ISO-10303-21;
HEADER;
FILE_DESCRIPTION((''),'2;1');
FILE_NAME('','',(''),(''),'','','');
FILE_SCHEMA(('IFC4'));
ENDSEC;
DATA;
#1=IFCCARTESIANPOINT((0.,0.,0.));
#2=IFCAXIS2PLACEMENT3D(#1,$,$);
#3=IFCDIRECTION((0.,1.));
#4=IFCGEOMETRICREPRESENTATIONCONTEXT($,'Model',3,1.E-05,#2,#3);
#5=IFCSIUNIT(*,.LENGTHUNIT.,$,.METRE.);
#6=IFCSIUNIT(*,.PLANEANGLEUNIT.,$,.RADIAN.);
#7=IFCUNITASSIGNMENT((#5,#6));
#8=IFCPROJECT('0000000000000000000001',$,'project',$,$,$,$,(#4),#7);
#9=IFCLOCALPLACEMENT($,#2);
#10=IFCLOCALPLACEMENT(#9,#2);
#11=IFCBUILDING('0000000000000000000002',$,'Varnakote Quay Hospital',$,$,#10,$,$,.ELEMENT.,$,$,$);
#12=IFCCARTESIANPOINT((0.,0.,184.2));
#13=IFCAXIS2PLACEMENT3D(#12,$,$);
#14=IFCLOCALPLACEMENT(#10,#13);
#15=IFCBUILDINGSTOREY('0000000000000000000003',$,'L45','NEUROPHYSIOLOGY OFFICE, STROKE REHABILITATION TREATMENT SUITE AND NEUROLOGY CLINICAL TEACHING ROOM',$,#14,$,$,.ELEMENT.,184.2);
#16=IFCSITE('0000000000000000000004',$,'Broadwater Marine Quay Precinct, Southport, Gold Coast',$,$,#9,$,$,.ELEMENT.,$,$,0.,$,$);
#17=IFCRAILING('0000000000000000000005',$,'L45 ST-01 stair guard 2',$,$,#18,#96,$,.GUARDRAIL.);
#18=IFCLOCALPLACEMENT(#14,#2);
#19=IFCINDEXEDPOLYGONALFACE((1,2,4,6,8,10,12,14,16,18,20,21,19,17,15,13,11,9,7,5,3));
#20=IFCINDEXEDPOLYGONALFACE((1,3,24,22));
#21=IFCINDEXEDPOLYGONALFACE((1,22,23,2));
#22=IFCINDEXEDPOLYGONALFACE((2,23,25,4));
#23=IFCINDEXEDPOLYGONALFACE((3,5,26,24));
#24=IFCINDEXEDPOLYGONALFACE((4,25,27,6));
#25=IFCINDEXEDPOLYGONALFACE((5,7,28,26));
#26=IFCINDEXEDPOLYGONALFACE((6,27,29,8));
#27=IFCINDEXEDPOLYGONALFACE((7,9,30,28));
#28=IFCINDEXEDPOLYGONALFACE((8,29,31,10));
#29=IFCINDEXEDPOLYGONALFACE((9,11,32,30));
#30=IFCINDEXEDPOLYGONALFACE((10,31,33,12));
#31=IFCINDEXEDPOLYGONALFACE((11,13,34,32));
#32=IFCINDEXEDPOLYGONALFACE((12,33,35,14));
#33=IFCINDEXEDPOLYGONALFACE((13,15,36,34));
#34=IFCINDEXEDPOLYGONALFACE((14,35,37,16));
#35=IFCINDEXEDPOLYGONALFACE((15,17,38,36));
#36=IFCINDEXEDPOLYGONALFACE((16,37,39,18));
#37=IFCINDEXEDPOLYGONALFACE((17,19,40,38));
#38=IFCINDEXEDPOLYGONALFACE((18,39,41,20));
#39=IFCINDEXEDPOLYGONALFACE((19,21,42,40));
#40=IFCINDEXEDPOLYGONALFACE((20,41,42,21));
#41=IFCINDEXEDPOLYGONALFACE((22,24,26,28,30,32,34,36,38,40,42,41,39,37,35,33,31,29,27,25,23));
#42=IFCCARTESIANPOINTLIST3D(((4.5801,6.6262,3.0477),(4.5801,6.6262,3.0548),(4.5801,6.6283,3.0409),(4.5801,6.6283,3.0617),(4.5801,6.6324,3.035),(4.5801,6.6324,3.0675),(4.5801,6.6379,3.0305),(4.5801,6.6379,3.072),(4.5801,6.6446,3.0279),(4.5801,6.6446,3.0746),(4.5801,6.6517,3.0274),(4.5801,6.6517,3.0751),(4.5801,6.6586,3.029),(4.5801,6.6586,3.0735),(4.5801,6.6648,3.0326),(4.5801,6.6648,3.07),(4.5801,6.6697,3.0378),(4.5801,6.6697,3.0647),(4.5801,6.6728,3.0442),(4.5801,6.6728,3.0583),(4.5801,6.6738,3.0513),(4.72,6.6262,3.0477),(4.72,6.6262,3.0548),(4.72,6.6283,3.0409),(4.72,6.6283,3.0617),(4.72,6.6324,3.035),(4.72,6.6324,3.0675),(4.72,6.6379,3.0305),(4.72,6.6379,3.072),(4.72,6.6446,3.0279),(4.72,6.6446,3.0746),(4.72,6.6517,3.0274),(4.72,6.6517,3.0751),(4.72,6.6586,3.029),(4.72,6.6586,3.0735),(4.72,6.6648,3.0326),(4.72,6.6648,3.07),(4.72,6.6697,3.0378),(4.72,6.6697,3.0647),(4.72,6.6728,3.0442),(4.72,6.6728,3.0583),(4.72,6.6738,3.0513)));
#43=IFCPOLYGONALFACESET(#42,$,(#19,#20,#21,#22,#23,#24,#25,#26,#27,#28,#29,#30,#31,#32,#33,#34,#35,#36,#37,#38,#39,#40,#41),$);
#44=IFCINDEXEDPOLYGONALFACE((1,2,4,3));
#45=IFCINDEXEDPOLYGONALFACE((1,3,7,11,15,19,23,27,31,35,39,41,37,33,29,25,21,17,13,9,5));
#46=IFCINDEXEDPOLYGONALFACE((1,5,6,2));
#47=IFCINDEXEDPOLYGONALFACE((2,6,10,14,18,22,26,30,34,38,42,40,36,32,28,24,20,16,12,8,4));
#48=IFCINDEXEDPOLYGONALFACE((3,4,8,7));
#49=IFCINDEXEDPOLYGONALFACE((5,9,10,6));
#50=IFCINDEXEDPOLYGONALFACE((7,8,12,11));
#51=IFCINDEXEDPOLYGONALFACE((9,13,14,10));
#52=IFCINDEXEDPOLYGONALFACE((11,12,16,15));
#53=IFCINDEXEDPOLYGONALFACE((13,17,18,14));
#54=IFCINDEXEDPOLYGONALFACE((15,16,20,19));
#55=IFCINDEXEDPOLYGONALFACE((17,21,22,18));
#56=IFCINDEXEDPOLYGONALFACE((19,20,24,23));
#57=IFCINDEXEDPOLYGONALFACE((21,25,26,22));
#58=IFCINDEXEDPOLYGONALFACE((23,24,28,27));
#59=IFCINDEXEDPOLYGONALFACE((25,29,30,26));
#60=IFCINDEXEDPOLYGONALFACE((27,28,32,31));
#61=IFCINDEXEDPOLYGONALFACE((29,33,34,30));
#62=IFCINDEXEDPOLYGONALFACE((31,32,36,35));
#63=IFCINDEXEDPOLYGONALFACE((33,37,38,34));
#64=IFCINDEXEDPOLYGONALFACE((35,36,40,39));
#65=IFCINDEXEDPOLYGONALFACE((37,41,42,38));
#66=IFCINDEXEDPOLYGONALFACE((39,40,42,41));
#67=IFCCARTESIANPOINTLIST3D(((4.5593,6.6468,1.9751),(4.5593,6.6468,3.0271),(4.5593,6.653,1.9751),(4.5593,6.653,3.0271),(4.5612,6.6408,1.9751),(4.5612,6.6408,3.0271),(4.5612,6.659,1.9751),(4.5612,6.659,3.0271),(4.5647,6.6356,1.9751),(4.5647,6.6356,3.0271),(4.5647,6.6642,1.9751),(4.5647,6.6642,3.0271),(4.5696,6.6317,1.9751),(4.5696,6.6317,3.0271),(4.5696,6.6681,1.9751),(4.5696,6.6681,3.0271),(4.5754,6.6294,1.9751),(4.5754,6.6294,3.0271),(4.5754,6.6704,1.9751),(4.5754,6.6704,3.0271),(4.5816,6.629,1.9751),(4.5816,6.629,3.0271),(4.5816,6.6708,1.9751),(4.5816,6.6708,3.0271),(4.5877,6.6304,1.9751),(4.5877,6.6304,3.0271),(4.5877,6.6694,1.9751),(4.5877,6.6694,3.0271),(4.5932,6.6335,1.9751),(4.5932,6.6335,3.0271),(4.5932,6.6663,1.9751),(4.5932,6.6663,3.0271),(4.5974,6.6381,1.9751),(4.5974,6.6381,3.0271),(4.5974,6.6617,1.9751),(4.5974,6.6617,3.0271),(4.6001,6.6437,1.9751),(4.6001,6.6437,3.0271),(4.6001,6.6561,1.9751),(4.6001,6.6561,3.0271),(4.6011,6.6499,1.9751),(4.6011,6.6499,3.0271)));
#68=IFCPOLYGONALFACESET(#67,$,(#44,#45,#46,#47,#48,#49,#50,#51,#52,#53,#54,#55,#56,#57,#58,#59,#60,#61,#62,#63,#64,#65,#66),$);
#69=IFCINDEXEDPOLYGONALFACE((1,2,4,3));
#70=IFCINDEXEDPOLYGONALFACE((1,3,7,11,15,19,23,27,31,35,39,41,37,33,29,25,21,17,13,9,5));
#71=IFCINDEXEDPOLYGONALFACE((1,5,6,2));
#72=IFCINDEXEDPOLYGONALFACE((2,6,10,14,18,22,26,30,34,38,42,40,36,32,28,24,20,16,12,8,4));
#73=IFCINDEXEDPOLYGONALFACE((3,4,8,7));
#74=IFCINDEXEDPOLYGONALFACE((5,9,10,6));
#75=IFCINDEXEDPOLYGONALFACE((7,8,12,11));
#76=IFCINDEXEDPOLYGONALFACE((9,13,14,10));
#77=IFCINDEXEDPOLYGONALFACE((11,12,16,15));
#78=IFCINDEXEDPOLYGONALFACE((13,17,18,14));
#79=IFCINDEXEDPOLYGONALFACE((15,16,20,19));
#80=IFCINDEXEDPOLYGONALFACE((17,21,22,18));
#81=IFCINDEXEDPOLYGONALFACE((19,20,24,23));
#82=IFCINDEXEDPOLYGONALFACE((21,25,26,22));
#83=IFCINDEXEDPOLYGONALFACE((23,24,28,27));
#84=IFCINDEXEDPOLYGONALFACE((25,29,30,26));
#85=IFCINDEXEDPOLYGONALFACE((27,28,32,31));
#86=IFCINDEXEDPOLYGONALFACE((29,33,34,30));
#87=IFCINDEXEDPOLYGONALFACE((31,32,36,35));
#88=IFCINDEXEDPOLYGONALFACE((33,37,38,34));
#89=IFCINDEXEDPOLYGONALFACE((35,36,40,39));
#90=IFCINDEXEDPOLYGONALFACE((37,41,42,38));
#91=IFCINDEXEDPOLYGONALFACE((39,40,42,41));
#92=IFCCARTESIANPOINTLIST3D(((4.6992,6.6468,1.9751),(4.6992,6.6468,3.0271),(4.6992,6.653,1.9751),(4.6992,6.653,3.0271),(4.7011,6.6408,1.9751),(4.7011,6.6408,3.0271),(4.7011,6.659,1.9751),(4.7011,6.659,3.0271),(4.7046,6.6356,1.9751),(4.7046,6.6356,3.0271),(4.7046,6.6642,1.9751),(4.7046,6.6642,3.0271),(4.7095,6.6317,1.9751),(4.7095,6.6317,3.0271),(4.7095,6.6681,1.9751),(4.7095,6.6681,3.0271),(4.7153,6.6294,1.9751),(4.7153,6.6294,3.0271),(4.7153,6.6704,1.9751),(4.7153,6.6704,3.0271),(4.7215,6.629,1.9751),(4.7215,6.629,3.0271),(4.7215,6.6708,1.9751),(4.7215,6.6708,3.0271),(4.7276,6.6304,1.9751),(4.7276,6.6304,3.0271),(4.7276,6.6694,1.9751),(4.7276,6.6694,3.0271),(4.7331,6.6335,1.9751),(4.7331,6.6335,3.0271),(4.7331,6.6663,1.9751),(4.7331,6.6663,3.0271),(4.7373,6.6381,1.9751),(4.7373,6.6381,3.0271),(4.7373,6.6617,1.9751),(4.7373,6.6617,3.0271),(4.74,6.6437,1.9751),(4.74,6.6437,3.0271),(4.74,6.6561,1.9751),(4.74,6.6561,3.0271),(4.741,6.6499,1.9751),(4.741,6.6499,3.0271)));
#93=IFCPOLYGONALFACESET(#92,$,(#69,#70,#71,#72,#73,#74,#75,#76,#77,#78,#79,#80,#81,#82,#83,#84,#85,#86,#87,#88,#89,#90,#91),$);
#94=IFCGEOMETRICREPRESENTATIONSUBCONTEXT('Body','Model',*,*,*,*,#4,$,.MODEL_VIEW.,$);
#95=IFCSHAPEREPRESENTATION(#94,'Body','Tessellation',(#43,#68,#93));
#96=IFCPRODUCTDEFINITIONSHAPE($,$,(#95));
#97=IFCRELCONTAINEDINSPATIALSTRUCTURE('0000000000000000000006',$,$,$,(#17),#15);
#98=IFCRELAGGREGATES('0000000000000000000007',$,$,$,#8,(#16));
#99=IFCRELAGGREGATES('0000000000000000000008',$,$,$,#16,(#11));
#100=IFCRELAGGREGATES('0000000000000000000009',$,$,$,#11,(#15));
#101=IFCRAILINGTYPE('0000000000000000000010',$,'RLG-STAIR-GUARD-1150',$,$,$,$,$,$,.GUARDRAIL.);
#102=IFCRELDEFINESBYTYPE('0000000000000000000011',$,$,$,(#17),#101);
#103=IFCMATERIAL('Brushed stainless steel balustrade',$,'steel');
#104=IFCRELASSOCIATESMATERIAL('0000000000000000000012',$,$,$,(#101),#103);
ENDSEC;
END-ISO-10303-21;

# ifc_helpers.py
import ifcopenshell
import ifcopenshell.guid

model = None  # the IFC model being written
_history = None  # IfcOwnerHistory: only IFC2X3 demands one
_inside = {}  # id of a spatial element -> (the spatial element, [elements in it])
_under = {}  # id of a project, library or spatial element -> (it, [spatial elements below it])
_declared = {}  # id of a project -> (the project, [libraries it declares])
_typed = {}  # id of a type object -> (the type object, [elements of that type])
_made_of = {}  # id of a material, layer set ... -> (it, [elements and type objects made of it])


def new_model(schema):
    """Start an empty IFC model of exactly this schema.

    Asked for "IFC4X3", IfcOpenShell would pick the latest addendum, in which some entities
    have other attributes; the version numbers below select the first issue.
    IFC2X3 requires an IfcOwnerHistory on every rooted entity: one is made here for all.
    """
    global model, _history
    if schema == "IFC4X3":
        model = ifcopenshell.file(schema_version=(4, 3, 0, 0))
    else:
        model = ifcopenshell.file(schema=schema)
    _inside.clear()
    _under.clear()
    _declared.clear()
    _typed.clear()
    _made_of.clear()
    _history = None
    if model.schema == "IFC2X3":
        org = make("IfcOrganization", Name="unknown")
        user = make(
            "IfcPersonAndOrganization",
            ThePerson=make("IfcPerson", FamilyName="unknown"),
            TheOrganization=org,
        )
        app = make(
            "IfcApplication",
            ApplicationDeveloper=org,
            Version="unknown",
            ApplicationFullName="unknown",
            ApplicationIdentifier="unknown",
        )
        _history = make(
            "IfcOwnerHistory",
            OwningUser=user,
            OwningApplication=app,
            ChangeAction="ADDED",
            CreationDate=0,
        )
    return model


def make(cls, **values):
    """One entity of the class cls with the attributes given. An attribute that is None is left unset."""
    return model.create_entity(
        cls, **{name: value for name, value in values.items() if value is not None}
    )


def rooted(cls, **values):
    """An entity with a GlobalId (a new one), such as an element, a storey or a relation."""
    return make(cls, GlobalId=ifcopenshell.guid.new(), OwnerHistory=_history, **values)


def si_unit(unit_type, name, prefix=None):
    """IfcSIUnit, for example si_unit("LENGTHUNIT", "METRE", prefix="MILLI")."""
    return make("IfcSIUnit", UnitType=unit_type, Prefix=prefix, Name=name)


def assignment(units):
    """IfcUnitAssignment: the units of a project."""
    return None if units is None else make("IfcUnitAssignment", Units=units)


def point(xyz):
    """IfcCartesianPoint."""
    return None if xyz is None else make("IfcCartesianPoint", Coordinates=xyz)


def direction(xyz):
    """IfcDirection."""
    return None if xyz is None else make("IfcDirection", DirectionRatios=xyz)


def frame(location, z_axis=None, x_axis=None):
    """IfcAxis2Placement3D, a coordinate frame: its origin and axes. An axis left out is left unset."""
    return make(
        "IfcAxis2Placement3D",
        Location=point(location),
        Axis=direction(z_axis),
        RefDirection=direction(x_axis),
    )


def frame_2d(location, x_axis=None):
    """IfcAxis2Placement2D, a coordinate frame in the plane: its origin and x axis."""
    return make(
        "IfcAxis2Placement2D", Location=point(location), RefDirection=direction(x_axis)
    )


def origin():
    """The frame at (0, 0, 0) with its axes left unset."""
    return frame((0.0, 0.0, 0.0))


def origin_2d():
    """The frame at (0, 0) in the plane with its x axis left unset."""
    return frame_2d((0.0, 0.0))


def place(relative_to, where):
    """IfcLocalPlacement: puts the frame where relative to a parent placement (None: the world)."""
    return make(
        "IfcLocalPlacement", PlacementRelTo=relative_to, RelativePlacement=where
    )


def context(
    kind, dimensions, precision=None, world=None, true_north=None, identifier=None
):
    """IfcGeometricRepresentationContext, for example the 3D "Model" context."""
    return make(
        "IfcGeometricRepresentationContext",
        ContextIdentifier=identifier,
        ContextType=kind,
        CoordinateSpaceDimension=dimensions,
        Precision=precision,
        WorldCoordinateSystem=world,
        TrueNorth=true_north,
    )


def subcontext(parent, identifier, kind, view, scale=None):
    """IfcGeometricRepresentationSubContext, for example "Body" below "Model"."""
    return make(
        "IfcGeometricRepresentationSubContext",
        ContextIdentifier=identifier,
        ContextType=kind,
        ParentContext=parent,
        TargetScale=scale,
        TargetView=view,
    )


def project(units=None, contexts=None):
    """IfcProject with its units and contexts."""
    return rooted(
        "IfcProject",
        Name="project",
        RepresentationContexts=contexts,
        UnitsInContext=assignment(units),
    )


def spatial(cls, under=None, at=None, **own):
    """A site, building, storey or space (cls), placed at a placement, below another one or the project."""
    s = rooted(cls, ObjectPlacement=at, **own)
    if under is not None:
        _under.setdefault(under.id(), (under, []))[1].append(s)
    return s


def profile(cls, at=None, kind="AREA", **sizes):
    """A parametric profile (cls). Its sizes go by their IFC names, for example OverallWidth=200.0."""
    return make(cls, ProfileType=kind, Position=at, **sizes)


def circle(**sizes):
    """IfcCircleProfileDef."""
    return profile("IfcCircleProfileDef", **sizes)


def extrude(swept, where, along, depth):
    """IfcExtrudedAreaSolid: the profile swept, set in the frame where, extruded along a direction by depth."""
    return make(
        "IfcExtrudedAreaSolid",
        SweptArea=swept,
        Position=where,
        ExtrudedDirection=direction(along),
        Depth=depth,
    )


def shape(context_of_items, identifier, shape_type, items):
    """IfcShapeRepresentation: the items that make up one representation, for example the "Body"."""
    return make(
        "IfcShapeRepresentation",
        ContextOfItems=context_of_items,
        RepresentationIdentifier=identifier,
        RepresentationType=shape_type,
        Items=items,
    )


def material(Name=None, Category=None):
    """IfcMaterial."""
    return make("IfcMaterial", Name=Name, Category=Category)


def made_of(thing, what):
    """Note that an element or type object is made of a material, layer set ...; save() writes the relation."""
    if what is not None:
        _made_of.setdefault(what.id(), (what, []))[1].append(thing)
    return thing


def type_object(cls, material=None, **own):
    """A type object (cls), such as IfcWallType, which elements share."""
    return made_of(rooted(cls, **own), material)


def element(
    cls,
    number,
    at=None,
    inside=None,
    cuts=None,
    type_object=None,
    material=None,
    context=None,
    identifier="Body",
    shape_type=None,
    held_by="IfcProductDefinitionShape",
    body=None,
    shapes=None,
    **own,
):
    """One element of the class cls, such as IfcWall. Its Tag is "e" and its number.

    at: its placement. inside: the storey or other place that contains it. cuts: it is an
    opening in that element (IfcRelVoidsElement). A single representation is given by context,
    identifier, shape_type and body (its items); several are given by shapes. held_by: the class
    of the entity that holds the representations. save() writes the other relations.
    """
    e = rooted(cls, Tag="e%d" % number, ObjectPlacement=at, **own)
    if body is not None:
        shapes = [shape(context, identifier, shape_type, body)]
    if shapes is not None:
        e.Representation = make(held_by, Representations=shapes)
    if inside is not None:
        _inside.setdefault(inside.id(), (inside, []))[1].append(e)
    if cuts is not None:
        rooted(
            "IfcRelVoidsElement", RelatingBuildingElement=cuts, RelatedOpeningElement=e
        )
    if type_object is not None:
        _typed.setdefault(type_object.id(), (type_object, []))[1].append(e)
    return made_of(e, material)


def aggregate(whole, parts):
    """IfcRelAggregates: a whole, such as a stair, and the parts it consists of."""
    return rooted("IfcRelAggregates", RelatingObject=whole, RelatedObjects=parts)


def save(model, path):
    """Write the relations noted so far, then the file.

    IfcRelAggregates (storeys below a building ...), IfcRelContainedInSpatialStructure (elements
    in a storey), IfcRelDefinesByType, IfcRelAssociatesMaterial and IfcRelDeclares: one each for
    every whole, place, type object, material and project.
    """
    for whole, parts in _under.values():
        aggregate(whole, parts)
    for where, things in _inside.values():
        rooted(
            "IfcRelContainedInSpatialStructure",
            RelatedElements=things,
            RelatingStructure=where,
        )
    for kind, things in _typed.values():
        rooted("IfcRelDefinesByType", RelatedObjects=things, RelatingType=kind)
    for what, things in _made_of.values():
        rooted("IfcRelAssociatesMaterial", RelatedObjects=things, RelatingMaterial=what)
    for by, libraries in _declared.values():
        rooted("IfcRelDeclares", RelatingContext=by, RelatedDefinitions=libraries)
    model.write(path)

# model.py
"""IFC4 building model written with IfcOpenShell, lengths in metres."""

from ifc_helpers import new_model, si_unit, direction, frame, origin, origin_2d, place, context, subcontext, project, spatial, circle, extrude, material, type_object, element, save


model = new_model("IFC4")

# Units and contexts
model_context = context("Model", 3, precision=1e-05, world=origin(), true_north=direction((0.0, 1.0)))
body_context = subcontext(model_context, "Body", "Model", "MODEL_VIEW")
ifc_project = project(units=[si_unit("LENGTHUNIT", "METRE"), si_unit("PLANEANGLEUNIT", "RADIAN")], contexts=[model_context])

# Site, building, storey
site_placement = place(None, origin())
site = spatial("IfcSite", under=ifc_project, at=site_placement, Name="Broadwater Marine Quay Precinct, Southport, Gold Coast", CompositionType="ELEMENT", RefElevation=0.0)
building_placement = place(site_placement, origin())
building = spatial("IfcBuilding", under=site, at=building_placement, Name="Varnakote Quay Hospital", CompositionType="ELEMENT")
storey_placement = place(building_placement, frame((0.0, 0.0, 184.2)))
storey = spatial("IfcBuildingStorey", under=building, at=storey_placement, Name="L45", Description="NEUROPHYSIOLOGY OFFICE, STROKE REHABILITATION TREATMENT SUITE AND NEUROLOGY CLINICAL TEACHING ROOM", CompositionType="ELEMENT", Elevation=184.2)

# Railing
ifc_material_1 = material(Name="Brushed stainless steel balustrade", Category="steel")
railing_type_1 = type_object("IfcRailingType", Name="RLG-STAIR-GUARD-1150", PredefinedType="GUARDRAIL", material=ifc_material_1)
railing_1_placement = place(storey_placement, frame((4.5801, 6.6499, 1.9751)))
element("IfcRailing", 1, at=railing_1_placement, inside=storey, type_object=railing_type_1, Name="L45 ST-01 stair guard 2", PredefinedType="GUARDRAIL", context=body_context, shape_type="SweptSolid", body=[
    extrude(circle(Radius=0.0239, at=origin_2d()), frame((0.0, 0.0, 1.0762), z_axis=(1.0, 0.0, 0.0), x_axis=(0.0, 1.0, 0.0)), (0.0, 0.0, 1.0), 0.1399),
    extrude(circle(Radius=0.021, at=origin_2d()), origin(), (0.0, 0.0, 1.0), 1.052),
    extrude(circle(Radius=0.021, at=origin_2d()), frame((0.1399, 0.0, 0.0)), (0.0, 0.0, 1.0), 1.052),
])

save(model, "model.ifc")
